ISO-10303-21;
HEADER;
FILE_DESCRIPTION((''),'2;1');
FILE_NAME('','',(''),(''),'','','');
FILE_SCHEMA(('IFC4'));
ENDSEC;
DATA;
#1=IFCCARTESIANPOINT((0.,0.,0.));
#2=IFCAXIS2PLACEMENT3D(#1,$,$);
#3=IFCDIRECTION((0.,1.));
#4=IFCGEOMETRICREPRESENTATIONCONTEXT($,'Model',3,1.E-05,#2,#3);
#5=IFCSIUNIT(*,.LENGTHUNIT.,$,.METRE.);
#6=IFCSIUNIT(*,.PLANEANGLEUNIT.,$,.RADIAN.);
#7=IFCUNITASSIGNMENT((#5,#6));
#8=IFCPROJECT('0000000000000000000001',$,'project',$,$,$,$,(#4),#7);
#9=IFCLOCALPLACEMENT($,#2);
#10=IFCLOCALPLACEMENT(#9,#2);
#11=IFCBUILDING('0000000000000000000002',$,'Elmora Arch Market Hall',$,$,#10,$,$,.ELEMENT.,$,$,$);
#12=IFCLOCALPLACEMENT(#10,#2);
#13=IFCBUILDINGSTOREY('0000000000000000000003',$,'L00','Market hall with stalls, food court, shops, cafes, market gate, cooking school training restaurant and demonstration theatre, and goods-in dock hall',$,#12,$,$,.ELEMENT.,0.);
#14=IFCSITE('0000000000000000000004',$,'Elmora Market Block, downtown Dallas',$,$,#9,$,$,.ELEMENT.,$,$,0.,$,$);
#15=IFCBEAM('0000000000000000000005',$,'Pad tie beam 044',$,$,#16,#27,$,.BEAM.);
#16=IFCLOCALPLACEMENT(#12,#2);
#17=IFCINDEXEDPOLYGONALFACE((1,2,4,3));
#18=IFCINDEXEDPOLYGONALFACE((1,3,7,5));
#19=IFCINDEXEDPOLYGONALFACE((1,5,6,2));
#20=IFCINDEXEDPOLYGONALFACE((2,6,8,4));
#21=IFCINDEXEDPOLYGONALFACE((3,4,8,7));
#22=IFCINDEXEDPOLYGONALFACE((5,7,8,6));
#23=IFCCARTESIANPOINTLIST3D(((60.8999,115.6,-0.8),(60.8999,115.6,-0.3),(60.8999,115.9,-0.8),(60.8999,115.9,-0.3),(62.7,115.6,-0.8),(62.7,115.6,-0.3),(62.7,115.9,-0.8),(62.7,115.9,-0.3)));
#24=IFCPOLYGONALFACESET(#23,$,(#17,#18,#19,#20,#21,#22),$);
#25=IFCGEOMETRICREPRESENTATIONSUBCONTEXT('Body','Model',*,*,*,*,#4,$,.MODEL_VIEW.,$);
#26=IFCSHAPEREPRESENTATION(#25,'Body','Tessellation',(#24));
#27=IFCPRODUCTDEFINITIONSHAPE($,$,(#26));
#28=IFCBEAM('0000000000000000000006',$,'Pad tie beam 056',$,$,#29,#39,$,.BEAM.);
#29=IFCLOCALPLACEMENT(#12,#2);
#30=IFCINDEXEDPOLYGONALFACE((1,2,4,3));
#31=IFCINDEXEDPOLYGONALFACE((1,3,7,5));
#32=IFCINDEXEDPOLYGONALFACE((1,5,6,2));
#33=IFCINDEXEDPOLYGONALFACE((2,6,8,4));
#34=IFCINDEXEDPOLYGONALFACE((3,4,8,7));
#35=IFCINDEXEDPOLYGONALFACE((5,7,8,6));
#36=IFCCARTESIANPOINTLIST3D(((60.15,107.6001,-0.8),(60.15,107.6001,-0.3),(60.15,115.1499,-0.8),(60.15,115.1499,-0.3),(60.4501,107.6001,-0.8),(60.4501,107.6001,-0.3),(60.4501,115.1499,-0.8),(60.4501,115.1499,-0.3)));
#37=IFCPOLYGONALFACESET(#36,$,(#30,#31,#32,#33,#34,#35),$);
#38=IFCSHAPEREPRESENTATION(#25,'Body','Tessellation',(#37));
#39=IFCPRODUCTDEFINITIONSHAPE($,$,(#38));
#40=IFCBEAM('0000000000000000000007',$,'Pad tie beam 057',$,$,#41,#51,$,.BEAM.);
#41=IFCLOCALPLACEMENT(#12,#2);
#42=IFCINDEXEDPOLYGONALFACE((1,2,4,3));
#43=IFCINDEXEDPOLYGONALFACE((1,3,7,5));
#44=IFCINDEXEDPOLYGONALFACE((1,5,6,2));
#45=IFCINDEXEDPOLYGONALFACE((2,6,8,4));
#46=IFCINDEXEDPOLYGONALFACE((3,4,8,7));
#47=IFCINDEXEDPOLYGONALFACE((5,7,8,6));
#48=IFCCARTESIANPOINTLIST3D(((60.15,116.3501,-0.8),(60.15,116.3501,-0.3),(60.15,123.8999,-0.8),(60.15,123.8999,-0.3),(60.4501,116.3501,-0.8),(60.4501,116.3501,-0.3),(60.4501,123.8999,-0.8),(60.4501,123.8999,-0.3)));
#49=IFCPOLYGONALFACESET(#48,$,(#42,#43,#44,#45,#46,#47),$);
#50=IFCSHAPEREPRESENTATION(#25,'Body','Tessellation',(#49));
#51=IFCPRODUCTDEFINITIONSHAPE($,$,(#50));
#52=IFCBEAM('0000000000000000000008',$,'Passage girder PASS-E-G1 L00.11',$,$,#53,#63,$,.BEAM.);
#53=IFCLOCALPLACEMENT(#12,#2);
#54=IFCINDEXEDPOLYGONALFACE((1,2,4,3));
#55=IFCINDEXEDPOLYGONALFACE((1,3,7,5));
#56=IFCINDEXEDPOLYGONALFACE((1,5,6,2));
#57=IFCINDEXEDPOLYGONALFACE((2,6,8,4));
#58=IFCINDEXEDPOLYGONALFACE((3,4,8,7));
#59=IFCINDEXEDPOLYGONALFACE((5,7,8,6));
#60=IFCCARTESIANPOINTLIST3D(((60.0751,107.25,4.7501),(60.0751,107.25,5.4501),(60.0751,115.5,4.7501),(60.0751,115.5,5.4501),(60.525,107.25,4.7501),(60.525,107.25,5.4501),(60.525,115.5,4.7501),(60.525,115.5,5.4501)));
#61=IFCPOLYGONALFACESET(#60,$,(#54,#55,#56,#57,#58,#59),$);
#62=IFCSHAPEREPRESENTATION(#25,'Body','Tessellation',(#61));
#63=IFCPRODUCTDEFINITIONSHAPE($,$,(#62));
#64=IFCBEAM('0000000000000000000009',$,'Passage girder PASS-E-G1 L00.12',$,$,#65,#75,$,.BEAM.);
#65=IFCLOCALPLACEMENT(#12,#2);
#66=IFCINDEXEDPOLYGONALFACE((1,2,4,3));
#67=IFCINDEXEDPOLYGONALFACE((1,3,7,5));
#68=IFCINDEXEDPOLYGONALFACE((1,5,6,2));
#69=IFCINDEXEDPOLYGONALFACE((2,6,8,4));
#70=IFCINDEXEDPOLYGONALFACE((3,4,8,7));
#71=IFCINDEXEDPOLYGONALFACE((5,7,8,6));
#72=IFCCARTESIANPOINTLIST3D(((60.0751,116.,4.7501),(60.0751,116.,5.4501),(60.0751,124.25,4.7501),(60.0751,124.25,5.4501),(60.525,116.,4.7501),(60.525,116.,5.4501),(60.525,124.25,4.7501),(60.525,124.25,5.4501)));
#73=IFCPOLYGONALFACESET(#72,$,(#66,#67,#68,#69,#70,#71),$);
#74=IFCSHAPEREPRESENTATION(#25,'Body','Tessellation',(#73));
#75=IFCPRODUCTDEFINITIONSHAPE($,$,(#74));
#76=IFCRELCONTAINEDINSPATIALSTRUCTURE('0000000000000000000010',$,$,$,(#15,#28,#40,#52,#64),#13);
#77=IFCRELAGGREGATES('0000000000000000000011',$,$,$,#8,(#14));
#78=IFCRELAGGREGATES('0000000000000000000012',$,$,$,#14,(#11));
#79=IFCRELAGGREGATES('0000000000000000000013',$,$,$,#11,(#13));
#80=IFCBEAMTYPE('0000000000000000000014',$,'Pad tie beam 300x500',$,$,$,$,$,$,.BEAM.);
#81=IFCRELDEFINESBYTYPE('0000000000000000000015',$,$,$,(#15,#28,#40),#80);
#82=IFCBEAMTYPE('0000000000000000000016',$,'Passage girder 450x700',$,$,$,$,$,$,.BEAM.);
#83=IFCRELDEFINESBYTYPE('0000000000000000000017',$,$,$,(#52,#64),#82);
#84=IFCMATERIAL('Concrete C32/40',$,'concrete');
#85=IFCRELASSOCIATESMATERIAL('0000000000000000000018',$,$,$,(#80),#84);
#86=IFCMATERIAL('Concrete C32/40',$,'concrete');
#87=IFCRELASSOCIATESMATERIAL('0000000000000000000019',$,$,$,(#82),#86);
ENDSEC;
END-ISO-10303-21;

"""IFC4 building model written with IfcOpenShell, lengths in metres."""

from ifc_helpers import new_model, si_unit, direction, frame, origin, origin_2d, place, context, subcontext, project, spatial, rectangle, extrude, material, material_profile, profile_set, type_object, element, save


model = new_model("IFC4")

# Units and contexts
model_context = context("Model", 3, precision=1e-05, world=origin(), true_north=direction((0.0, 1.0)))
body_context = subcontext(model_context, "Body", "Model", "MODEL_VIEW")
ifc_project = project(units=[si_unit("LENGTHUNIT", "METRE"), si_unit("PLANEANGLEUNIT", "RADIAN")], contexts=[model_context])

# Site, building, storey
site_placement = place(None, origin())
site = spatial("IfcSite", under=ifc_project, at=site_placement, Name="Elmora Market Block, downtown Dallas", CompositionType="ELEMENT", RefElevation=0.0)
building_placement = place(site_placement, origin())
building = spatial("IfcBuilding", under=site, at=building_placement, Name="Elmora Arch Market Hall", CompositionType="ELEMENT")
storey_placement = place(building_placement, origin())
storey = spatial("IfcBuildingStorey", under=building, at=storey_placement, Name="L00", Description="Market hall with stalls, food court, shops, cafes, market gate, cooking school training restaurant and demonstration theatre, and goods-in dock hall", CompositionType="ELEMENT", Elevation=0.0)

# Beams
ifc_material_1 = material(Name="Concrete C32/40", Category="concrete")
ifc_material_profile_1 = material_profile(ifc_material_1, rectangle(XDim=0.3, YDim=0.5, at=origin_2d()), Name="Pad tie beam 300x500")
ifc_profile_set_1 = profile_set([ifc_material_profile_1], Name="Concrete C32/40")
beam_type_1 = type_object("IfcBeamType", Name="Pad tie beam 300x500", PredefinedType="BEAM", material=ifc_profile_set_1)
for number, where, z_axis, x_axis, name in (
    (1, (60.8999, 115.75, -0.55), (1.0, 0.0, 0.0), (0.0, 1.0, 0.0), "Pad tie beam 044"),
):
    element("IfcBeam", number, at=place(storey_placement, frame(where, z_axis=z_axis, x_axis=x_axis)), inside=storey, type_object=beam_type_1, Name=name, PredefinedType="BEAM", context=body_context, shape_type="SweptSolid", body=[
        extrude(rectangle(XDim=0.3, YDim=0.5, at=origin_2d()), origin(), (0.0, 0.0, 1.0), 1.8),
    ])
for number, where, z_axis, x_axis, name in (
    (2, (60.3, 107.6001, -0.55), (0.0, 1.0, 0.0), (-1.0, 0.0, 0.0), "Pad tie beam 056"),
    (3, (60.3, 116.3501, -0.55), (0.0, 1.0, 0.0), (-1.0, 0.0, 0.0), "Pad tie beam 057"),
):
    element("IfcBeam", number, at=place(storey_placement, frame(where, z_axis=z_axis, x_axis=x_axis)), inside=storey, type_object=beam_type_1, Name=name, PredefinedType="BEAM", context=body_context, shape_type="SweptSolid", body=[
        extrude(rectangle(XDim=0.3, YDim=0.5, at=origin_2d()), origin(), (0.0, 0.0, 1.0), 7.5498),
    ])
ifc_material_2 = material(Name="Concrete C32/40", Category="concrete")
ifc_material_profile_2 = material_profile(ifc_material_2, rectangle(XDim=0.45, YDim=0.7, at=origin_2d()), Name="Passage girder 450x700")
ifc_profile_set_2 = profile_set([ifc_material_profile_2], Name="Concrete C32/40")
beam_type_2 = type_object("IfcBeamType", Name="Passage girder 450x700", PredefinedType="BEAM", material=ifc_profile_set_2)
for number, where, z_axis, x_axis, name in (
    (4, (60.3, 107.25, 5.1001), (0.0, 1.0, 0.0), (-1.0, 0.0, 0.0), "Passage girder PASS-E-G1 L00.11"),
    (5, (60.3, 116.0, 5.1001), (0.0, 1.0, 0.0), (-1.0, 0.0, 0.0), "Passage girder PASS-E-G1 L00.12"),
):
    element("IfcBeam", number, at=place(storey_placement, frame(where, z_axis=z_axis, x_axis=x_axis)), inside=storey, type_object=beam_type_2, Name=name, PredefinedType="BEAM", context=body_context, shape_type="SweptSolid", body=[
        extrude(rectangle(XDim=0.45, YDim=0.7, at=origin_2d()), origin(), (0.0, 0.0, 1.0), 8.25),
    ])

save(model, "model.ifc")
